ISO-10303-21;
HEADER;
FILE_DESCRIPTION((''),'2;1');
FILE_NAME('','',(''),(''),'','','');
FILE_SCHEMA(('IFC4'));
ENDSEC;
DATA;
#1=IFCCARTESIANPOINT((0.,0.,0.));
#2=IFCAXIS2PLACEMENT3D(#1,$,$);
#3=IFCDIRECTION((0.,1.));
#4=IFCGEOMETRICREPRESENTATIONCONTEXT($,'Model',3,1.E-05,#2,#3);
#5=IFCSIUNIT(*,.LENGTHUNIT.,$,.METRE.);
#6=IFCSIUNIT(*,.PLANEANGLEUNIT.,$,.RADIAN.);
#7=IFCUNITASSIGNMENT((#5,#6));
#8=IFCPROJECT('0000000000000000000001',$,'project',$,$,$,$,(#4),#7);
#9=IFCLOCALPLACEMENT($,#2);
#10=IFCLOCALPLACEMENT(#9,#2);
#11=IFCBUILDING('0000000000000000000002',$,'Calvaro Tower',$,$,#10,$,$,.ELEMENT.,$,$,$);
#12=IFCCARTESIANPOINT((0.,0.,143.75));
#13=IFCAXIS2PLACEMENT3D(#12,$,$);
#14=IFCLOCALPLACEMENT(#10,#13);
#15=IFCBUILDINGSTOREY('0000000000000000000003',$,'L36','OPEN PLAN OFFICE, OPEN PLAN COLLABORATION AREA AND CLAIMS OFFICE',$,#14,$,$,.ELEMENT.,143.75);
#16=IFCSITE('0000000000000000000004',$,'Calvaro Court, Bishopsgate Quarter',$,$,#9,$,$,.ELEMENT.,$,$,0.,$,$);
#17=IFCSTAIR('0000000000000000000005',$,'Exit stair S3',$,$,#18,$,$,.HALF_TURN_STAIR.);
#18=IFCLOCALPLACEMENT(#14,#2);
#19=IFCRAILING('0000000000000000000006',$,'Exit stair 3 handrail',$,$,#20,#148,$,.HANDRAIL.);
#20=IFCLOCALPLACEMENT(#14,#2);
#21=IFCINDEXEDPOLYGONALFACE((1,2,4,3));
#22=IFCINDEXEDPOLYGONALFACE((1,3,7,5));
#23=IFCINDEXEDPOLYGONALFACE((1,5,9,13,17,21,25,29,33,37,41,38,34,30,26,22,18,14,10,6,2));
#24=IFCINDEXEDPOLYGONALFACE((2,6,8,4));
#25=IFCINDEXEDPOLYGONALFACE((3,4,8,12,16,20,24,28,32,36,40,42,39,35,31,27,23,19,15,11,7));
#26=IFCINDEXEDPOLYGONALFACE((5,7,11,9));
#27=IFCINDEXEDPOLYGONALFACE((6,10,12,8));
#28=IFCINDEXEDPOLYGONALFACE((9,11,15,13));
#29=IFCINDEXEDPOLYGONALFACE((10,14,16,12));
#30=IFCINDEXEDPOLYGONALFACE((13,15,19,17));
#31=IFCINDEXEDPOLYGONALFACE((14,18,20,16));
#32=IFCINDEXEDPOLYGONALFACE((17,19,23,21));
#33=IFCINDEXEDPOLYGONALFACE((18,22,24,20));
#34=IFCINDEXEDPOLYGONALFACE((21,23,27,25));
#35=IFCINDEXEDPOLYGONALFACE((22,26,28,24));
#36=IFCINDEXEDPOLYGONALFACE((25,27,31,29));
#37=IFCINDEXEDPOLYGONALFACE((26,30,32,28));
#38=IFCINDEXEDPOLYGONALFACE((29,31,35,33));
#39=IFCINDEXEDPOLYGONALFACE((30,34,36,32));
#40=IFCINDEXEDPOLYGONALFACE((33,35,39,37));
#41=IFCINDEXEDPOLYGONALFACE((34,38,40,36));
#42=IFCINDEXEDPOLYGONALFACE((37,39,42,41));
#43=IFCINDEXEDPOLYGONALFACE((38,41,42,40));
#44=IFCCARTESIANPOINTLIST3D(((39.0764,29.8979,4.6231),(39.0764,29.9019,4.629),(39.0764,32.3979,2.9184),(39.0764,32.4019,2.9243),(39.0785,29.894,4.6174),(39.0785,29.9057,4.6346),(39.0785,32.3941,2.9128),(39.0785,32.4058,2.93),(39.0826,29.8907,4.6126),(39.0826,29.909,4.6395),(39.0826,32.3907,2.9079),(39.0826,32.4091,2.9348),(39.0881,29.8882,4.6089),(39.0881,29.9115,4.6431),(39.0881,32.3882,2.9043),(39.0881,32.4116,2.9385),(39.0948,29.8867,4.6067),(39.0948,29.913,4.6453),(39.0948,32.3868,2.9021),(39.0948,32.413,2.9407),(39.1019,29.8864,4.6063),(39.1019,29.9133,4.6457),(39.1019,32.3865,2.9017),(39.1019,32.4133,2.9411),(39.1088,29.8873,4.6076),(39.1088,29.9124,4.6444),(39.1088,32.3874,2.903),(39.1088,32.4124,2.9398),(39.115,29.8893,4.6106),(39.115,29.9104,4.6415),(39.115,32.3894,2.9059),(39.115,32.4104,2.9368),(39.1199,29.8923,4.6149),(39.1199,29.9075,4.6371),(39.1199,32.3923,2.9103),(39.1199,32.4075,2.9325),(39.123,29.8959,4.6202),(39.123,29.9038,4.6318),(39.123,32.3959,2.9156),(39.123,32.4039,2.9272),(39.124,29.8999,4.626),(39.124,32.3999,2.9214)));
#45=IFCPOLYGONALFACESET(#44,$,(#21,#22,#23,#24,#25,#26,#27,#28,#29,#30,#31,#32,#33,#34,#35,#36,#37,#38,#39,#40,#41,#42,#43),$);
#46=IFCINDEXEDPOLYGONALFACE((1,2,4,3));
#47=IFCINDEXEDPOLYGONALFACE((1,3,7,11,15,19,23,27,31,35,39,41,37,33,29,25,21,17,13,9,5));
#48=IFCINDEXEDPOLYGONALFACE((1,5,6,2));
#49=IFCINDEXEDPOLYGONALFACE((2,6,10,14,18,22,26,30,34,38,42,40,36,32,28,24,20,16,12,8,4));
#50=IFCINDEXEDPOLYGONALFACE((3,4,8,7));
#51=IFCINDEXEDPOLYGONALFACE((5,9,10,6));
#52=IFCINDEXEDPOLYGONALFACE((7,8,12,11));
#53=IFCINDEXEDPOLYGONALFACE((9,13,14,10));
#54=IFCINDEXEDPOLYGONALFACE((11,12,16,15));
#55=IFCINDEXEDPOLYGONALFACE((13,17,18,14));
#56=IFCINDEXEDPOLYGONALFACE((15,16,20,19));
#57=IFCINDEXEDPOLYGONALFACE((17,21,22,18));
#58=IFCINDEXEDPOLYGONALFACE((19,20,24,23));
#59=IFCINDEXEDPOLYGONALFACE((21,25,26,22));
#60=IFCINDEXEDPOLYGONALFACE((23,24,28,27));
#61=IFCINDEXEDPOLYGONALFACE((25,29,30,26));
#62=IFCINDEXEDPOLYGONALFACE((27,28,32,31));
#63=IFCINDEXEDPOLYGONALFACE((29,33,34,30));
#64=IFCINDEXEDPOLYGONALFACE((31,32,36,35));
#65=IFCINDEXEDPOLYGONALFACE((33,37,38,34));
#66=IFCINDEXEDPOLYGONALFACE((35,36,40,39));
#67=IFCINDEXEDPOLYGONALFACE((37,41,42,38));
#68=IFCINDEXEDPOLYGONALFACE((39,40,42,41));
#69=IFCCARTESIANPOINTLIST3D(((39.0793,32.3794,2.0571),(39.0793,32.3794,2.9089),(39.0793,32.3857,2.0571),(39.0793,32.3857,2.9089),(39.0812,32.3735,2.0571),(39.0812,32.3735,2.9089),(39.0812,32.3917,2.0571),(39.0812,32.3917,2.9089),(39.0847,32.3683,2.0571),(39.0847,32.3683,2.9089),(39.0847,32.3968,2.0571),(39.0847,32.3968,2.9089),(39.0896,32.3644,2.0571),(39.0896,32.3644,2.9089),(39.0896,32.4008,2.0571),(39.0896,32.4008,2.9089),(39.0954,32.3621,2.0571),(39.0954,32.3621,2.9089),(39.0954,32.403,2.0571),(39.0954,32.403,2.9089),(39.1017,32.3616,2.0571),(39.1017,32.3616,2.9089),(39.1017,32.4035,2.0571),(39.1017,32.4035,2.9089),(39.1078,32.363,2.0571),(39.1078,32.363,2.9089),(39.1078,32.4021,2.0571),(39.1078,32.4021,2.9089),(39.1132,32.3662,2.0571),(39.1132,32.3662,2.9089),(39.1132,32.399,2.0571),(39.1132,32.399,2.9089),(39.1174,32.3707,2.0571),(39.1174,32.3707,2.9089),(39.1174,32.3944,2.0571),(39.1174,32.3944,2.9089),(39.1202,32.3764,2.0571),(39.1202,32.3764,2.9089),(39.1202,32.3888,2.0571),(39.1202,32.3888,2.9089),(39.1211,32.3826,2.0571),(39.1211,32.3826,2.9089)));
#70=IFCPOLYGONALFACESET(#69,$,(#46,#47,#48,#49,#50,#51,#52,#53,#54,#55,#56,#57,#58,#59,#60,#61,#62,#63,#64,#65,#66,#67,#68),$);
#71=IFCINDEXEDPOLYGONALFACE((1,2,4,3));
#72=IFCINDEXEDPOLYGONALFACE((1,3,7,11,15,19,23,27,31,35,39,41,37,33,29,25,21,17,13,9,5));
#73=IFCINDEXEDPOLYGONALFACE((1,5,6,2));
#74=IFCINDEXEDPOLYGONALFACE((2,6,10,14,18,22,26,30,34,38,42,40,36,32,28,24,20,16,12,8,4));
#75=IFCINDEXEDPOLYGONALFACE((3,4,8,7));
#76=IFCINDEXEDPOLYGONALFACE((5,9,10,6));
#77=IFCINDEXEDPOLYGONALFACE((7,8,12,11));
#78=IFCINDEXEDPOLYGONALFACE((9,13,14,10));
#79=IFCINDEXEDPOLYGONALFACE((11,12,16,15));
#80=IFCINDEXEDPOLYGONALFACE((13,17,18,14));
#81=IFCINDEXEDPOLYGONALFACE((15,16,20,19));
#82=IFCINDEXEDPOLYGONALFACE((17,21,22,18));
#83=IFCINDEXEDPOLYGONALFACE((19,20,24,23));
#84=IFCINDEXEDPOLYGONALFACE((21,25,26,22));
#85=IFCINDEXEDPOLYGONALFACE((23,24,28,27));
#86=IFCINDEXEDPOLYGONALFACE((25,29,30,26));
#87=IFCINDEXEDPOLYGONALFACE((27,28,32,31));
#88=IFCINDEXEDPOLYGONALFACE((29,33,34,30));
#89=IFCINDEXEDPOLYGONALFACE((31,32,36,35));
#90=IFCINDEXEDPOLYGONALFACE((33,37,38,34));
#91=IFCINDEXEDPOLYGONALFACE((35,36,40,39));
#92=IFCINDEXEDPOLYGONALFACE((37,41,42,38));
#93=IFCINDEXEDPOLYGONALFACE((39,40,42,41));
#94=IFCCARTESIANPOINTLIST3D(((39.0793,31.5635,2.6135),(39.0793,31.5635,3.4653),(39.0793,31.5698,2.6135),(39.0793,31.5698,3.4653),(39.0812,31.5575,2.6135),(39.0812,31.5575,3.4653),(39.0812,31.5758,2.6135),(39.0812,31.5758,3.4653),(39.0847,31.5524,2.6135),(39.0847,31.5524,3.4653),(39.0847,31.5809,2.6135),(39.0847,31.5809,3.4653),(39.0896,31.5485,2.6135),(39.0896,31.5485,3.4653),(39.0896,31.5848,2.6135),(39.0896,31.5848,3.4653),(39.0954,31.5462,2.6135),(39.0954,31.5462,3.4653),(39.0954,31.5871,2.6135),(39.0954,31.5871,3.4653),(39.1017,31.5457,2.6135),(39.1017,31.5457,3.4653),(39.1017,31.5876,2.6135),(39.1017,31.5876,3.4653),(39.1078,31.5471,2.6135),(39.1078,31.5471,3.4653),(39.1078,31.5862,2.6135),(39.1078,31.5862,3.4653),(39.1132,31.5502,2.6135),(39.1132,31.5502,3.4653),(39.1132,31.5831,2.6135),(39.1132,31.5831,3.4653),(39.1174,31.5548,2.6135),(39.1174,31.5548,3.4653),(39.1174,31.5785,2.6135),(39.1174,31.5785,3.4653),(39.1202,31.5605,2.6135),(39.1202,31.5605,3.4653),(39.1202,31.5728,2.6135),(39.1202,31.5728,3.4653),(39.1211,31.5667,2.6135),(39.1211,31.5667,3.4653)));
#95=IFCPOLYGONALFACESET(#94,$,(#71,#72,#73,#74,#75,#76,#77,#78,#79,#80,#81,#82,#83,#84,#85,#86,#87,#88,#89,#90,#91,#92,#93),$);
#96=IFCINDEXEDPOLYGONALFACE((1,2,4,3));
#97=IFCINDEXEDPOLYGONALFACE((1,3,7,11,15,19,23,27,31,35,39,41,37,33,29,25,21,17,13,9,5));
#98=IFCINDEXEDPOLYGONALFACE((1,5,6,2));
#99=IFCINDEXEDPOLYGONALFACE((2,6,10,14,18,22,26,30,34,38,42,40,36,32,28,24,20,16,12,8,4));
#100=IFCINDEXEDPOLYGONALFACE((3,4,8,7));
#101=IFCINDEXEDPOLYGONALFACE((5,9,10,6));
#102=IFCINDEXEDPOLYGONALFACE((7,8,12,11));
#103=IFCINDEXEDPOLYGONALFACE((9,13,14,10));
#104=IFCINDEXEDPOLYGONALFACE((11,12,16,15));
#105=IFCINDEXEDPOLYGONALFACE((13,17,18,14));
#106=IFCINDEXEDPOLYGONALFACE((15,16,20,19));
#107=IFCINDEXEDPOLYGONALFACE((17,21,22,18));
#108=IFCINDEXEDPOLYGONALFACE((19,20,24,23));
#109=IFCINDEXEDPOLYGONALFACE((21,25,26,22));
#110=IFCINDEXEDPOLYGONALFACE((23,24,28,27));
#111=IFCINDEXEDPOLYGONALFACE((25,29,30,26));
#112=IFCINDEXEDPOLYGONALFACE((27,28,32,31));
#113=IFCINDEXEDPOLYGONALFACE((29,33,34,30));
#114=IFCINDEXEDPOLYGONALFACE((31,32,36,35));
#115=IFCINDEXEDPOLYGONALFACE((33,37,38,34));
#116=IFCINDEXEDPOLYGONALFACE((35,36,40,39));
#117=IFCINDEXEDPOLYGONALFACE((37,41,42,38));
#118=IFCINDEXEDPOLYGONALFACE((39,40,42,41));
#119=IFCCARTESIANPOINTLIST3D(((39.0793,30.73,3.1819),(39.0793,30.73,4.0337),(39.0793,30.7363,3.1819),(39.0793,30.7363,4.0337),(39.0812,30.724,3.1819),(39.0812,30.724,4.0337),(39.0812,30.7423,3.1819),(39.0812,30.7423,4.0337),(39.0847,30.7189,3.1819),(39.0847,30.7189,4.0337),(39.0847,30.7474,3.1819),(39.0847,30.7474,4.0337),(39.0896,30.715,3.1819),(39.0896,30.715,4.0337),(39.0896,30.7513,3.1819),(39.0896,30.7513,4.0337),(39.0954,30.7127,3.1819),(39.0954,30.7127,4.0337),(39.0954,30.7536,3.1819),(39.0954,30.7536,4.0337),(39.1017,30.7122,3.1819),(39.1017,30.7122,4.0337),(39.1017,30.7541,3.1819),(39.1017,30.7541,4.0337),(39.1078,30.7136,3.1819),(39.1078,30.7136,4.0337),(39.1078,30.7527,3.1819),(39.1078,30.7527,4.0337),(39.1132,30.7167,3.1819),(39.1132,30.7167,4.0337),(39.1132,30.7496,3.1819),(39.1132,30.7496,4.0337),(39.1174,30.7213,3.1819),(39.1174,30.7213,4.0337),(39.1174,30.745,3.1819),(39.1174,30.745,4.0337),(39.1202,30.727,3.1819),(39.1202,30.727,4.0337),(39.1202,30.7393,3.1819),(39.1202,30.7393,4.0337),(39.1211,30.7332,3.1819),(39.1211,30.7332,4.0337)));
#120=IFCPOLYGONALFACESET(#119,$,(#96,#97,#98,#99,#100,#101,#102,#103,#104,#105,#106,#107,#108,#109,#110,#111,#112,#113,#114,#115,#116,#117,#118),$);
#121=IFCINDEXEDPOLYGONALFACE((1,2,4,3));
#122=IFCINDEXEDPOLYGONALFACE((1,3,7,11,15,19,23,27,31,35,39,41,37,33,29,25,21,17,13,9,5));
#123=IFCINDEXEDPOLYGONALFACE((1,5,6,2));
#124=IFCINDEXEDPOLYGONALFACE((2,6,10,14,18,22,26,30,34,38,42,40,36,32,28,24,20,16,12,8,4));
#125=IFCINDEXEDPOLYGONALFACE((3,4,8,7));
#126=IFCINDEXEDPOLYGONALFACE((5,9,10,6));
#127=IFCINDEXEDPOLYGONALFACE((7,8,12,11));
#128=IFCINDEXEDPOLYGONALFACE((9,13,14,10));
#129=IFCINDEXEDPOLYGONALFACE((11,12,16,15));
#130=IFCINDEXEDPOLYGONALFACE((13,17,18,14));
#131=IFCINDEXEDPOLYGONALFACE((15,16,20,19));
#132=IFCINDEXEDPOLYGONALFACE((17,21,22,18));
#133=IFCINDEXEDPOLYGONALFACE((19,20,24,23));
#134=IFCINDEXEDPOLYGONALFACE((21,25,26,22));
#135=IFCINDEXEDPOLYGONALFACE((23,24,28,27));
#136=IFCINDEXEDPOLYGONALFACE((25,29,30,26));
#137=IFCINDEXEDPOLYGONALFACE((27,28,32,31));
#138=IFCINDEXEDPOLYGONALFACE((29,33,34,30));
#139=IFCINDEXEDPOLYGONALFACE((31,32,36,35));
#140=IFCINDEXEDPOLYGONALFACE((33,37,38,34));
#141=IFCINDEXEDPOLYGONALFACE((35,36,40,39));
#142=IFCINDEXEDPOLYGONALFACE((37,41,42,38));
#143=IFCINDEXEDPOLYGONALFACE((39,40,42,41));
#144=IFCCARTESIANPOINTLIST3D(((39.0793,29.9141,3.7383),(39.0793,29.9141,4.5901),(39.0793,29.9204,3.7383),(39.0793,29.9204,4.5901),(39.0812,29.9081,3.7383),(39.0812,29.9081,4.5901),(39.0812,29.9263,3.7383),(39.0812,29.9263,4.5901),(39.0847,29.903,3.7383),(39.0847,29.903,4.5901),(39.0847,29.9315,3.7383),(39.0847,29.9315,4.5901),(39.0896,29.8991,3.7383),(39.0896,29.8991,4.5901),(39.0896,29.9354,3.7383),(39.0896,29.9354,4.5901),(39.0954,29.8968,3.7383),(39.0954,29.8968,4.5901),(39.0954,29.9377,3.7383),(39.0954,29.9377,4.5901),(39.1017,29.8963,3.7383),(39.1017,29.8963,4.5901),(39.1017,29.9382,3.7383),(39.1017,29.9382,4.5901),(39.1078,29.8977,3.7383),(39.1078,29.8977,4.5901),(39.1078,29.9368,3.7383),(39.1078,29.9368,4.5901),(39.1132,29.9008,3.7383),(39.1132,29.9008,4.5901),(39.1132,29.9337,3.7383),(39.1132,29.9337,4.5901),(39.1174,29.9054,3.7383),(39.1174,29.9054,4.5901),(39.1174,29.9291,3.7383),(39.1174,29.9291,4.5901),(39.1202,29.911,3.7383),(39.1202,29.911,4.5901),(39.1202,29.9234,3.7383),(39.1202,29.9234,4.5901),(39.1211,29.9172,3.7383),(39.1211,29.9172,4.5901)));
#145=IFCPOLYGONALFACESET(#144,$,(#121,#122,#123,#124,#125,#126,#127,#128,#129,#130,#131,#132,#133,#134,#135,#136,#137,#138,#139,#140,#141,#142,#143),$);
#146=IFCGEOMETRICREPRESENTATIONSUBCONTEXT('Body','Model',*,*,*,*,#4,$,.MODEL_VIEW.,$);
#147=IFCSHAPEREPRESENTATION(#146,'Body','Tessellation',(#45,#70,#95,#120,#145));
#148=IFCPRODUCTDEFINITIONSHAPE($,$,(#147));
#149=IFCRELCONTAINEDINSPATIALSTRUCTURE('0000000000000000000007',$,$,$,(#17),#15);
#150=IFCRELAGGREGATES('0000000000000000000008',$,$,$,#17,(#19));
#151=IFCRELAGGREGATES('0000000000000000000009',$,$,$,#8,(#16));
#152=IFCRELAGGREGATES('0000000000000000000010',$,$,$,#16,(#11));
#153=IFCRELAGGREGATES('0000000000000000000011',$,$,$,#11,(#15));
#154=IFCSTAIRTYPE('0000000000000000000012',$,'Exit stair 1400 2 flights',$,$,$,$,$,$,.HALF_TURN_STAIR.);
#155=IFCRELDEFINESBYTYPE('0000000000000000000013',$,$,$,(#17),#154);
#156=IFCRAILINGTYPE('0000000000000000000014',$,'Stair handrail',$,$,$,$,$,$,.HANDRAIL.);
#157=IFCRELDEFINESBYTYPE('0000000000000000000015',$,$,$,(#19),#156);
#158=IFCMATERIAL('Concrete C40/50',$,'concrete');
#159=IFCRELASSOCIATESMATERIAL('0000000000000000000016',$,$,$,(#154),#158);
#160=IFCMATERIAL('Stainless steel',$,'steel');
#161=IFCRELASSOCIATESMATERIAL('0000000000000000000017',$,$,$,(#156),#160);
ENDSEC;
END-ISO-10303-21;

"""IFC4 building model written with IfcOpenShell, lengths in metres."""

from ifc_helpers import new_model, si_unit, direction, frame, origin, origin_2d, place, context, subcontext, project, spatial, circle, extrude, material, type_object, element, aggregate, save


model = new_model("IFC4")

# Units and contexts
model_context = context("Model", 3, precision=1e-05, world=origin(), true_north=direction((0.0, 1.0)))
body_context = subcontext(model_context, "Body", "Model", "MODEL_VIEW")
ifc_project = project(units=[si_unit("LENGTHUNIT", "METRE"), si_unit("PLANEANGLEUNIT", "RADIAN")], contexts=[model_context])

# Site, building, storey
site_placement = place(None, origin())
site = spatial("IfcSite", under=ifc_project, at=site_placement, Name="Calvaro Court, Bishopsgate Quarter", CompositionType="ELEMENT", RefElevation=0.0)
building_placement = place(site_placement, origin())
building = spatial("IfcBuilding", under=site, at=building_placement, Name="Calvaro Tower", CompositionType="ELEMENT")
storey_placement = place(building_placement, frame((0.0, 0.0, 143.75)))
storey = spatial("IfcBuildingStorey", under=building, at=storey_placement, Name="L36", Description="OPEN PLAN OFFICE, OPEN PLAN COLLABORATION AREA AND CLAIMS OFFICE", CompositionType="ELEMENT", Elevation=143.75)

# Stair
ifc_material_1 = material(Name="Concrete C40/50", Category="concrete")
stair_type = type_object("IfcStairType", Name="Exit stair 1400 2 flights", PredefinedType="HALF_TURN_STAIR", material=ifc_material_1)
stair_1_placement = place(storey_placement, origin())
stair_1 = element("IfcStair", 1, at=stair_1_placement, inside=storey, type_object=stair_type, Name="Exit stair S3", PredefinedType="HALF_TURN_STAIR")

# Railing
ifc_material_2 = material(Name="Stainless steel", Category="steel")
railing_type = type_object("IfcRailingType", Name="Stair handrail", PredefinedType="HANDRAIL", material=ifc_material_2)
railing_1_placement = place(storey_placement, frame((39.1001, 32.3999, 2.0454)))
railing_1 = element("IfcRailing", 2, at=railing_1_placement, type_object=railing_type, Name="Exit stair 3 handrail", PredefinedType="HANDRAIL", context=body_context, shape_type="SweptSolid", body=[
    extrude(circle(Radius=0.0239, at=origin_2d()), frame((0.0, 0.0, 0.876), z_axis=(0.0, -0.826221, 0.563347), x_axis=(1.0, 0.0, 0.0)), (0.0, 0.0, 1.0), 3.0259),
    extrude(circle(Radius=0.021, at=origin_2d()), frame((0.0, -0.0173, 0.0117)), (0.0, 0.0, 1.0), 0.8518),
    extrude(circle(Radius=0.021, at=origin_2d()), frame((0.0, -0.8333, 0.5681)), (0.0, 0.0, 1.0), 0.8518),
    extrude(circle(Radius=0.021, at=origin_2d()), frame((0.0, -1.6667, 1.1365)), (0.0, 0.0, 1.0), 0.8518),
    extrude(circle(Radius=0.021, at=origin_2d()), frame((0.0, -2.4827, 1.6929)), (0.0, 0.0, 1.0), 0.8518),
])
aggregate(stair_1, [railing_1])

save(model, "model.ifc")
